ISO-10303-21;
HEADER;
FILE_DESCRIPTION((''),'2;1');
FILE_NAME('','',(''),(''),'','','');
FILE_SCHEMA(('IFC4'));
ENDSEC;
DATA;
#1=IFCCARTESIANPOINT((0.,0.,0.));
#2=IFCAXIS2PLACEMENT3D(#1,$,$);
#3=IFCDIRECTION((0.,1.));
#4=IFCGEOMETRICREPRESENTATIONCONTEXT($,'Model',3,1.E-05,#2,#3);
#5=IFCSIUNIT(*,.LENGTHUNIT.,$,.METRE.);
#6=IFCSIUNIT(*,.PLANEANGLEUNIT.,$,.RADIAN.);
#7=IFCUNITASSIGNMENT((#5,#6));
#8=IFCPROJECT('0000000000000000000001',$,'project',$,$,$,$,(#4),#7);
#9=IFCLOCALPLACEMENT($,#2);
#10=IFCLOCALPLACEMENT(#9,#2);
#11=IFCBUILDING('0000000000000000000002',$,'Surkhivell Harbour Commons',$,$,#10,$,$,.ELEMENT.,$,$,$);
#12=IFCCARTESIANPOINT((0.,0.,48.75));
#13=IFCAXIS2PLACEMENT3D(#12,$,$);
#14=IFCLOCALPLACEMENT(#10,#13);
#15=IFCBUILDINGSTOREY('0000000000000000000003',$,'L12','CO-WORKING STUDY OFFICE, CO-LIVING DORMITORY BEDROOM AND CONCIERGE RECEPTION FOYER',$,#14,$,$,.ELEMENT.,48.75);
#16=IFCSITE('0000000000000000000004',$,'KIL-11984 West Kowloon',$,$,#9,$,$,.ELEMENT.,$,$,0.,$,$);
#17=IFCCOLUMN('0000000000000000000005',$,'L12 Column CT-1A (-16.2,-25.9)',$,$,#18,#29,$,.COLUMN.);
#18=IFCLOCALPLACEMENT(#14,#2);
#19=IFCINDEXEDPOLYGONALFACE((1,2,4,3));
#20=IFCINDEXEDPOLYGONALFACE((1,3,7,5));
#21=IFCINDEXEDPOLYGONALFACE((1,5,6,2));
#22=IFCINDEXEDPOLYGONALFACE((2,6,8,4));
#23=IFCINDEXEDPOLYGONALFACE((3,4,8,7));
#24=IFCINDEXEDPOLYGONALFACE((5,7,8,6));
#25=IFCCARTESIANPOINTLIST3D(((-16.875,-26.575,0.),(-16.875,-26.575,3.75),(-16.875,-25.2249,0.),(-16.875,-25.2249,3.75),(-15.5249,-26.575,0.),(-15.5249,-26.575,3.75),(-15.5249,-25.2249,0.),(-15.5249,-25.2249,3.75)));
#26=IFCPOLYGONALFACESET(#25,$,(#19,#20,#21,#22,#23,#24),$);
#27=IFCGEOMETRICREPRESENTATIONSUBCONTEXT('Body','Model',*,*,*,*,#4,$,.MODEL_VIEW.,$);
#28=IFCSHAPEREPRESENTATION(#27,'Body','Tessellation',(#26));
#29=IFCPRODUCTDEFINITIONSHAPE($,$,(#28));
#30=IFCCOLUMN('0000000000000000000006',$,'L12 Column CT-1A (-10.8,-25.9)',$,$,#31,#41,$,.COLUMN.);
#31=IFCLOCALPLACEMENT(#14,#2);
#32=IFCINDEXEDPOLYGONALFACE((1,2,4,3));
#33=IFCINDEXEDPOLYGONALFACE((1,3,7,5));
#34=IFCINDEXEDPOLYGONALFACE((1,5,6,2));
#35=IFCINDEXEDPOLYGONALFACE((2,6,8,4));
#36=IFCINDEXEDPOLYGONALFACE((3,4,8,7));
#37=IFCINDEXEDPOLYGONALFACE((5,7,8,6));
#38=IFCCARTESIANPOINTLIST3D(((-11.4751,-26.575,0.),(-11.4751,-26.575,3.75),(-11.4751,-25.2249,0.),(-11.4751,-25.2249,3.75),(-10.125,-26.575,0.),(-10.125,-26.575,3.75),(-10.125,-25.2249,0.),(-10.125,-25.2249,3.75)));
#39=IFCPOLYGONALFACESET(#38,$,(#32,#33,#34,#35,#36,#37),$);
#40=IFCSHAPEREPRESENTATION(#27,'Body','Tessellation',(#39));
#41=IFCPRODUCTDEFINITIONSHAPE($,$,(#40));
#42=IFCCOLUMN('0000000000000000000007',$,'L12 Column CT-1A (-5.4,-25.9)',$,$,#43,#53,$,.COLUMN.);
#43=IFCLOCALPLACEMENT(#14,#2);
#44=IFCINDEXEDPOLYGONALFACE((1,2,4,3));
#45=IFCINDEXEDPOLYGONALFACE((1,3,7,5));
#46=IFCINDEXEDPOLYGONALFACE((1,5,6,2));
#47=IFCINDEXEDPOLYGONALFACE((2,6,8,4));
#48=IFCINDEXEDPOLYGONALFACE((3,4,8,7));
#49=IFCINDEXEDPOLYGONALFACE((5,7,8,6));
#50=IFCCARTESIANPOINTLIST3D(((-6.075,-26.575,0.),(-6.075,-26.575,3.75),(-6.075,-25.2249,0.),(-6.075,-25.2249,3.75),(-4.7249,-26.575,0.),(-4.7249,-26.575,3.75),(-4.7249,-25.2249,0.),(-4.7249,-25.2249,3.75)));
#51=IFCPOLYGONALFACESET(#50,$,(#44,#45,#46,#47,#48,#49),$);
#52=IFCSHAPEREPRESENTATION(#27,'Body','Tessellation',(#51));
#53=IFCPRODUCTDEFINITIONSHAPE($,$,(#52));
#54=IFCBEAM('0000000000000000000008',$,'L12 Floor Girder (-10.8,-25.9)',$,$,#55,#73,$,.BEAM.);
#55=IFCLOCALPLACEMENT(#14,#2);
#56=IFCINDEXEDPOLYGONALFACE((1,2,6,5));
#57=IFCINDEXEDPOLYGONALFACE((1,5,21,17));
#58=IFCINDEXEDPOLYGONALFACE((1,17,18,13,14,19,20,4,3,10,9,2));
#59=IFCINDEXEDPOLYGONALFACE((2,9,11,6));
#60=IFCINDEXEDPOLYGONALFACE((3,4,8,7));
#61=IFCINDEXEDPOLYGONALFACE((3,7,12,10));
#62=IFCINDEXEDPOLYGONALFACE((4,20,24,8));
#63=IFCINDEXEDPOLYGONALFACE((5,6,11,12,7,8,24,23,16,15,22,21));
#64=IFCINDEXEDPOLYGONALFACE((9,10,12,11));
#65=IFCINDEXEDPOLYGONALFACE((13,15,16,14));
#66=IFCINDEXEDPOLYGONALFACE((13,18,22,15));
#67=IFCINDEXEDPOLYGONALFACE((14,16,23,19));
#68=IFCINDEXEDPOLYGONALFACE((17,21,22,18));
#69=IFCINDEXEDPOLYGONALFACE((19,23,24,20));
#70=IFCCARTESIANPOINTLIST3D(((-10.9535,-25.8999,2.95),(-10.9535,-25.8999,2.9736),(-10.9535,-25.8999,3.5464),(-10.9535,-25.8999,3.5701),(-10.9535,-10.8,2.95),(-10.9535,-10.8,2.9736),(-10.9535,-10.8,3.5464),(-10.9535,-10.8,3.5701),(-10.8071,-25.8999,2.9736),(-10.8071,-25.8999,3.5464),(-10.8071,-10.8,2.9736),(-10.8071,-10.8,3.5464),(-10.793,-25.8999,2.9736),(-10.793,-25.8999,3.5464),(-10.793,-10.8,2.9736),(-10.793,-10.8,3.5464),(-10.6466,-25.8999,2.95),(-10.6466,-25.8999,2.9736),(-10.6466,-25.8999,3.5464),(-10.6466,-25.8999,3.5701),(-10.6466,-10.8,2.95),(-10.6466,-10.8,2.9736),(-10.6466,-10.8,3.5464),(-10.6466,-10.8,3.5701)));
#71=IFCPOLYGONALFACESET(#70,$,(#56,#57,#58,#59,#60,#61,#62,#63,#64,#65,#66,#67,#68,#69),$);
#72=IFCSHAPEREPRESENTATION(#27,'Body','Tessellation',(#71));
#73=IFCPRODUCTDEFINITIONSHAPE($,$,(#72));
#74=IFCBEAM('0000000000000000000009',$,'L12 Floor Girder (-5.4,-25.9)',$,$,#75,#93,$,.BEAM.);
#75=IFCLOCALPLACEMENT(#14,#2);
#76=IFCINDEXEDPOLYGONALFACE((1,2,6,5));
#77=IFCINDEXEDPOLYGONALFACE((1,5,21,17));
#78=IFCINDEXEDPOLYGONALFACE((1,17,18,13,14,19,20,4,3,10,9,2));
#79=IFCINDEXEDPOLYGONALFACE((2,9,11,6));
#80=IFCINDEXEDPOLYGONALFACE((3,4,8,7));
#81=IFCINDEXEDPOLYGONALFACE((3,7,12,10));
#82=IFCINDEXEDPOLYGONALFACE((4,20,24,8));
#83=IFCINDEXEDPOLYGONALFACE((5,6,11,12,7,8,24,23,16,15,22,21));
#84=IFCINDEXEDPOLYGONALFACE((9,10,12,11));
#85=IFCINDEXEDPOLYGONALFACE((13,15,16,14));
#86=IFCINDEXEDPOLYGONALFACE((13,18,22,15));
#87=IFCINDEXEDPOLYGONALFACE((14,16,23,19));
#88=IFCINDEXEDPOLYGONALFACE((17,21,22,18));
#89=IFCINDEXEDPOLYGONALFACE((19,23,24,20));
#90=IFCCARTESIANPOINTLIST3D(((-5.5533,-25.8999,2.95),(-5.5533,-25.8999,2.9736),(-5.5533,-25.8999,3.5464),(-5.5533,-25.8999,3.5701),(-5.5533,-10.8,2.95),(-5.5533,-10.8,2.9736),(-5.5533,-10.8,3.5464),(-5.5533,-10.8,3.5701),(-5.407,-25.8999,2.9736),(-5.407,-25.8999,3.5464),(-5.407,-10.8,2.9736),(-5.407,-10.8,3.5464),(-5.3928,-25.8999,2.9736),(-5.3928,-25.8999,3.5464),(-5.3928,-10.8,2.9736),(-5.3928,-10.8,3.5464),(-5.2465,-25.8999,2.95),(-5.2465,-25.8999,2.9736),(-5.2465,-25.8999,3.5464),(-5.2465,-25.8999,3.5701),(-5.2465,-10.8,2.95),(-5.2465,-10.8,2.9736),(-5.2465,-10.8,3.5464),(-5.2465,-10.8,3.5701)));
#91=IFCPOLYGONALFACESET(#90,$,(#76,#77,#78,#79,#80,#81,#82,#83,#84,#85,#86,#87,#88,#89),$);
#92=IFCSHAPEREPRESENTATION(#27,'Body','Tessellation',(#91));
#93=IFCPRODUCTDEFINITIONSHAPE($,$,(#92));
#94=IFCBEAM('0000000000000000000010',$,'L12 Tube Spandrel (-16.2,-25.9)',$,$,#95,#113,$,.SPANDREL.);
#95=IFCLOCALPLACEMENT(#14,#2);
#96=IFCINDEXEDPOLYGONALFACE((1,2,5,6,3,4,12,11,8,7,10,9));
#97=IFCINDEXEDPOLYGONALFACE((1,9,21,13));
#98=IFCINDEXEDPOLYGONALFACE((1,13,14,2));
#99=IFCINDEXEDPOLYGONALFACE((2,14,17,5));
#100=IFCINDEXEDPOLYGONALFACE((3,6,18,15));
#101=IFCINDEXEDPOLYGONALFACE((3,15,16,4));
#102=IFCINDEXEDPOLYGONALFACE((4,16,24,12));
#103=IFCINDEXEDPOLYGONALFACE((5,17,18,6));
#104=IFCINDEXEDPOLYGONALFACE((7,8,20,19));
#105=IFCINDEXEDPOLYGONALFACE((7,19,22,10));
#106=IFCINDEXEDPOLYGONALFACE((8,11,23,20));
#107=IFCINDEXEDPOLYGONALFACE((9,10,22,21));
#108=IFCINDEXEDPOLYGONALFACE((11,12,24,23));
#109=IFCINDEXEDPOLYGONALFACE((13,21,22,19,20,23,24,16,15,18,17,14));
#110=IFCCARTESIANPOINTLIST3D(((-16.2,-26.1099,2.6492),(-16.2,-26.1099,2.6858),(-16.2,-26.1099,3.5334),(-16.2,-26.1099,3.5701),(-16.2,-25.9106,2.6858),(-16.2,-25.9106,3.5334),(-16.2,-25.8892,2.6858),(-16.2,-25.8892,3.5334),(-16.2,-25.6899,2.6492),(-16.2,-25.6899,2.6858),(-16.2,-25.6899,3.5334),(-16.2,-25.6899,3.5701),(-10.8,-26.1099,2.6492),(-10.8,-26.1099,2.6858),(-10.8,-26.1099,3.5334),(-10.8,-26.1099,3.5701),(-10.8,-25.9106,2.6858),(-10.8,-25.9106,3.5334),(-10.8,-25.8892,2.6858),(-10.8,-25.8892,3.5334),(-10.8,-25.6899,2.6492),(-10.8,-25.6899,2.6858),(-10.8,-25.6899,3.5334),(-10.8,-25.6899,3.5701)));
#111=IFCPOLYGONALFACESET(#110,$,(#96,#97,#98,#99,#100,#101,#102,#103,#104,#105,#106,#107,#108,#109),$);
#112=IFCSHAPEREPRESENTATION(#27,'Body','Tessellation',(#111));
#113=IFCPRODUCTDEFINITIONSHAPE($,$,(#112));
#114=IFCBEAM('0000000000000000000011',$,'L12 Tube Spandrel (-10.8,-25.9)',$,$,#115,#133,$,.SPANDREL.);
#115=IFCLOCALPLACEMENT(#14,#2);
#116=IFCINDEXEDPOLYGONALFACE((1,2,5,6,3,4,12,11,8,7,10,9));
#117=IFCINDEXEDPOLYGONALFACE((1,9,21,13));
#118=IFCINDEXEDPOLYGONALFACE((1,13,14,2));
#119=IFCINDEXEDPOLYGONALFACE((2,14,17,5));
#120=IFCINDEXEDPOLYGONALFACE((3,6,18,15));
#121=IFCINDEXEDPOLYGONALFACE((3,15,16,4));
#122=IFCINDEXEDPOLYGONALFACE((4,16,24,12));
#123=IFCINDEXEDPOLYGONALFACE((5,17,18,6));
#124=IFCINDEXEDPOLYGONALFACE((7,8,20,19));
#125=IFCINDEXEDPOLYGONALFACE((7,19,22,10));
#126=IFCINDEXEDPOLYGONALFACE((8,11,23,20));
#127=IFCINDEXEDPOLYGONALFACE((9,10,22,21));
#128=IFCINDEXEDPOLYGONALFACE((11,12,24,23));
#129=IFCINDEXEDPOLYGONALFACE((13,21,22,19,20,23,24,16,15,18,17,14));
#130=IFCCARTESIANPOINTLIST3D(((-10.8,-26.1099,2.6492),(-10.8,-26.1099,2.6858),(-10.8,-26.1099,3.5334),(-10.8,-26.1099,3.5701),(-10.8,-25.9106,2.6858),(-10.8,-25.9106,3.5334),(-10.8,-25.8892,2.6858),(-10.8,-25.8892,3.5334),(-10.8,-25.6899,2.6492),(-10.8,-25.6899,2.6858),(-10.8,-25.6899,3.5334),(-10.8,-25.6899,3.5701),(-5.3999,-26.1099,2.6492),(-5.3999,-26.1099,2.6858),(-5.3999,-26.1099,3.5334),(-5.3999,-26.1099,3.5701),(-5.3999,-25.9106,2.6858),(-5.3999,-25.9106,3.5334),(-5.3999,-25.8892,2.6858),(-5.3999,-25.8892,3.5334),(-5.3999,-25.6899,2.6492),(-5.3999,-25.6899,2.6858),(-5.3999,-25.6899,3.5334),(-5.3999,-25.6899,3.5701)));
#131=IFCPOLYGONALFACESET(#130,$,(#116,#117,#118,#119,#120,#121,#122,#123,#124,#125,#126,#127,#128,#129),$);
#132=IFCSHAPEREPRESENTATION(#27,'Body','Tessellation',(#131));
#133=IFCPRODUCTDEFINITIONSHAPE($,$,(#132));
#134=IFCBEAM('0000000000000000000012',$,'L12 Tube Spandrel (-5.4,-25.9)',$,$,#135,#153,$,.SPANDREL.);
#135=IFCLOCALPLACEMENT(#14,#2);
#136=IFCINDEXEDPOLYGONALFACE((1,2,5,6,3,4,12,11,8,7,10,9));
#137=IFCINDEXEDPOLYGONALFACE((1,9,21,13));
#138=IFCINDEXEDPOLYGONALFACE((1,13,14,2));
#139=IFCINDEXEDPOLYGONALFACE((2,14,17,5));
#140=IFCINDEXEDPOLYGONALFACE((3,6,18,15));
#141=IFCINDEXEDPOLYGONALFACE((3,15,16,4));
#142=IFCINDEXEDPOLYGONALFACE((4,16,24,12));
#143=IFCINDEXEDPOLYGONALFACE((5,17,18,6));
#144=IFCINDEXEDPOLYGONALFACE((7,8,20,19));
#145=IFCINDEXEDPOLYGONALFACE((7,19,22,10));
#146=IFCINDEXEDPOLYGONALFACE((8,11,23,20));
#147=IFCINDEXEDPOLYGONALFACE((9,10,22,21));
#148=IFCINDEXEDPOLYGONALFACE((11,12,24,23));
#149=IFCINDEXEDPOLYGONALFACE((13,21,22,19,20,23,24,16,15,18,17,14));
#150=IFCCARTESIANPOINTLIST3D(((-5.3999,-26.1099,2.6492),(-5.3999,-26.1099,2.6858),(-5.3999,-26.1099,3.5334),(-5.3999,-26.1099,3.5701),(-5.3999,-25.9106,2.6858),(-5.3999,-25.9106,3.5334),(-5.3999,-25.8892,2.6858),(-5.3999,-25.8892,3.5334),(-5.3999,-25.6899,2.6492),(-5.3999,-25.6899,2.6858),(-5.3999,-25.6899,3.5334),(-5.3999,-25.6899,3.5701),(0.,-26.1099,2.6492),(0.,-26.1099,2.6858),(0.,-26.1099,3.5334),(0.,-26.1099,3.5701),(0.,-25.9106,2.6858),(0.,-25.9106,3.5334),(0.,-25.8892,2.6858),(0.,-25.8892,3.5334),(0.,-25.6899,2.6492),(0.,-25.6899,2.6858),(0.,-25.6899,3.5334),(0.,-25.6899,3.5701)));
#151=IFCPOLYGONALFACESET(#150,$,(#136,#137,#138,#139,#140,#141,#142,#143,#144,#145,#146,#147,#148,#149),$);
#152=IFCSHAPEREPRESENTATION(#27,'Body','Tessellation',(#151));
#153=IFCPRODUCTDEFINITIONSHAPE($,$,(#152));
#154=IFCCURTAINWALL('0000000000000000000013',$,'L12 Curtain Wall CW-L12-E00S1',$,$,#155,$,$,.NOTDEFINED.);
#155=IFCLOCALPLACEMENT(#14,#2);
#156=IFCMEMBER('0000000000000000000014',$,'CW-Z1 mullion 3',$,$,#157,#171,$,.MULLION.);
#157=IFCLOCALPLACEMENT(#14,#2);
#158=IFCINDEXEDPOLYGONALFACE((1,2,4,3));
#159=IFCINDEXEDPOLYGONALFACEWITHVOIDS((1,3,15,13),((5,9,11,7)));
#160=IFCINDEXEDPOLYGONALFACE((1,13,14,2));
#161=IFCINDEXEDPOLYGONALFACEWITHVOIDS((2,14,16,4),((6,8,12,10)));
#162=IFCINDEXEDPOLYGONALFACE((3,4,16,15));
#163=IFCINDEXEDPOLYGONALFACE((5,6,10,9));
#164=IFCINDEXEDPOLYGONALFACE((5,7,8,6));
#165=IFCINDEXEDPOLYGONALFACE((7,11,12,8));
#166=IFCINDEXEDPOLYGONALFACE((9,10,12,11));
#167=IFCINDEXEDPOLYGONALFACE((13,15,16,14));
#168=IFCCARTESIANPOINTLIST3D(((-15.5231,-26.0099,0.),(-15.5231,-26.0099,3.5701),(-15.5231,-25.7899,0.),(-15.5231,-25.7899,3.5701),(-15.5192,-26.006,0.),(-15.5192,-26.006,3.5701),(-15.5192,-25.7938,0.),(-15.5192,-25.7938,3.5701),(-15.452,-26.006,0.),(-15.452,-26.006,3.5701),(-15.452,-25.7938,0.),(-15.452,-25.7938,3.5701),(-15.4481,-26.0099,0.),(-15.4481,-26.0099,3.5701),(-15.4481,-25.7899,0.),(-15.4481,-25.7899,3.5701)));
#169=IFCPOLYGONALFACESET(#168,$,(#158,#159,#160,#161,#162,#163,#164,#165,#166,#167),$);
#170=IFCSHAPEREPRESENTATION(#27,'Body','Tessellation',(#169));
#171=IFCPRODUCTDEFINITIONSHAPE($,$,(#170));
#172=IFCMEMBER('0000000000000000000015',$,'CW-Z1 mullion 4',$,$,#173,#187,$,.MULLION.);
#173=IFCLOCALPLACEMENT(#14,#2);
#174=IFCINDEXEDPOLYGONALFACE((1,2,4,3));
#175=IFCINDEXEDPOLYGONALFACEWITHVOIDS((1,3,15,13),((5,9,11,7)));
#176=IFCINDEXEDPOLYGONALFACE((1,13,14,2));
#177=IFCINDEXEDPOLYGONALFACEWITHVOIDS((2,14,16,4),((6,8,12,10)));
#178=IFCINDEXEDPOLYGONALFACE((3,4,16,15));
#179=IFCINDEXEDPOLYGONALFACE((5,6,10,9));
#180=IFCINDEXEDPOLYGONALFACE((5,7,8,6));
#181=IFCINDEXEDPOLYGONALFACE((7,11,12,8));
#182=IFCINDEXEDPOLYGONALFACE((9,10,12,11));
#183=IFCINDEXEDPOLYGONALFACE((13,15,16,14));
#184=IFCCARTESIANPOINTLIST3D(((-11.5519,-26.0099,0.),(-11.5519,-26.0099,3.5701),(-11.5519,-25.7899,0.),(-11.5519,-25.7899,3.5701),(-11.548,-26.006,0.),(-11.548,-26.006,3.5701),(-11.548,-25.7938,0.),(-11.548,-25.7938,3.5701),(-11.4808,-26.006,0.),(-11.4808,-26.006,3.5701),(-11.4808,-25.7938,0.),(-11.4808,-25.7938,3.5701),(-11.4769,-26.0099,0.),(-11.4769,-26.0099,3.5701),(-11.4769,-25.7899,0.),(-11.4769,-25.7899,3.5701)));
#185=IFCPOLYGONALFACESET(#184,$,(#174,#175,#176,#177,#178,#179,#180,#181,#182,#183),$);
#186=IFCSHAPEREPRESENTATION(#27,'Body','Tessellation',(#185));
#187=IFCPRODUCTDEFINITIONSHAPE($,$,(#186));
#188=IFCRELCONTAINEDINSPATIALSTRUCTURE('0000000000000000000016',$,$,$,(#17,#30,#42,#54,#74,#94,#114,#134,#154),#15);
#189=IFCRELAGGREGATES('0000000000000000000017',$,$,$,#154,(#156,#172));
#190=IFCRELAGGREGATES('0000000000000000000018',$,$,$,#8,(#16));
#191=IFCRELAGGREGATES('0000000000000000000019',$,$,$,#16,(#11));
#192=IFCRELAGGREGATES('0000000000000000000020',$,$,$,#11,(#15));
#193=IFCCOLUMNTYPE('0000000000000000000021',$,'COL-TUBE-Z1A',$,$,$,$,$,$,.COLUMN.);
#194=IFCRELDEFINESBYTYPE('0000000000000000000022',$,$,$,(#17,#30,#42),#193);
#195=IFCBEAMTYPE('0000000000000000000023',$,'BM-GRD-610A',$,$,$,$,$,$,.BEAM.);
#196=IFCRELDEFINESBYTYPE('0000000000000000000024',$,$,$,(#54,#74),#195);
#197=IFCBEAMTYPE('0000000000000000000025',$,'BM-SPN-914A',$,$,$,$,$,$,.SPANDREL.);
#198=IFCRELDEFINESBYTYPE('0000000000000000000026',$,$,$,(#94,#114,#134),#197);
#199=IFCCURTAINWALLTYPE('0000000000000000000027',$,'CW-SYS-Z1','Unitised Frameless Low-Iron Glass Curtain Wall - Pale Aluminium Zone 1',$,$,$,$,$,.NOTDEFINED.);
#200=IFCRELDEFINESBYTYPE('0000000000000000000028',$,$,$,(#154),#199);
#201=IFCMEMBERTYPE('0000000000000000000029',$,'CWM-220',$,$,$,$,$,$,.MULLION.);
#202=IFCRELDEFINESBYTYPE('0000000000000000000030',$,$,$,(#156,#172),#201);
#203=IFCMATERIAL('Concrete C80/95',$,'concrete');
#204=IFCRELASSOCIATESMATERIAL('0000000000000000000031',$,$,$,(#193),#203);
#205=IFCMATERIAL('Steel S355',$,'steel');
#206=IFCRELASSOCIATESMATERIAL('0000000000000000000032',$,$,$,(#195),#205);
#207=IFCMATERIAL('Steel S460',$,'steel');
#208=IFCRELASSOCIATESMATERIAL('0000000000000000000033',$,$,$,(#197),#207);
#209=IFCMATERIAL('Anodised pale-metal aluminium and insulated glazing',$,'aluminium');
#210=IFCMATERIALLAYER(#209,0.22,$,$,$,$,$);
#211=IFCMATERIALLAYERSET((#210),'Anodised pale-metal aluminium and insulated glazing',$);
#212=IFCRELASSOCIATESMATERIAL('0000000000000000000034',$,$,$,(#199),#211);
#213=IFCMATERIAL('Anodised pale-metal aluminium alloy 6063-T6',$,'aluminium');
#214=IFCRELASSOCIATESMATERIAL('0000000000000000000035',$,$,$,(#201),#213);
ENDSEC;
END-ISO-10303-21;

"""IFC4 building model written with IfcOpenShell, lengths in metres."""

from ifc_helpers import new_model, si_unit, direction, frame, origin, origin_2d, place, context, subcontext, project, spatial, rectangle, hollow_rectangle, i_section, extrude, material, layer, layer_set, material_profile, profile_set, type_object, element, aggregate, save


model = new_model("IFC4")

# Units and contexts
model_context = context("Model", 3, precision=1e-05, world=origin(), true_north=direction((0.0, 1.0)))
body_context = subcontext(model_context, "Body", "Model", "MODEL_VIEW")
ifc_project = project(units=[si_unit("LENGTHUNIT", "METRE"), si_unit("PLANEANGLEUNIT", "RADIAN")], contexts=[model_context])

# Site, building, storey
site_placement = place(None, origin())
site = spatial("IfcSite", under=ifc_project, at=site_placement, Name="KIL-11984 West Kowloon", CompositionType="ELEMENT", RefElevation=0.0)
building_placement = place(site_placement, origin())
building = spatial("IfcBuilding", under=site, at=building_placement, Name="Surkhivell Harbour Commons", CompositionType="ELEMENT")
storey_placement = place(building_placement, frame((0.0, 0.0, 48.75)))
storey = spatial("IfcBuildingStorey", under=building, at=storey_placement, Name="L12", Description="CO-WORKING STUDY OFFICE, CO-LIVING DORMITORY BEDROOM AND CONCIERGE RECEPTION FOYER", CompositionType="ELEMENT", Elevation=48.75)

# Columns
ifc_material_1 = material(Name="Concrete C80/95", Category="concrete")
ifc_material_profile_1 = material_profile(ifc_material_1, rectangle(XDim=1.3501, YDim=1.3501, at=origin_2d()), Name="RC-COL-1350x1350")
ifc_profile_set_1 = profile_set([ifc_material_profile_1], Name="Concrete C80/95")
column_type = type_object("IfcColumnType", Name="COL-TUBE-Z1A", PredefinedType="COLUMN", material=ifc_profile_set_1)
for number, where, z_axis, x_axis, name in (
    (1, (-16.2, -25.8999, 0.0), (0.0, 0.0, 1.0), (1.0, 0.0, 0.0), "L12 Column CT-1A (-16.2,-25.9)"),
    (2, (-10.8, -25.8999, 0.0), (0.0, 0.0, 1.0), (1.0, 0.0, 0.0), "L12 Column CT-1A (-10.8,-25.9)"),
    (3, (-5.3999, -25.8999, 0.0), (0.0, 0.0, 1.0), (1.0, 0.0, 0.0), "L12 Column CT-1A (-5.4,-25.9)"),
):
    element("IfcColumn", number, at=place(storey_placement, frame(where, z_axis=z_axis, x_axis=x_axis)), inside=storey, type_object=column_type, Name=name, PredefinedType="COLUMN", context=body_context, shape_type="SweptSolid", body=[
        extrude(rectangle(XDim=1.3501, YDim=1.3501, at=origin_2d()), origin(), (0.0, 0.0, 1.0), 3.75),
    ])

# Beams
ifc_material_2 = material(Name="Steel S355", Category="steel")
ifc_material_profile_2 = material_profile(ifc_material_2, i_section(OverallWidth=0.3069, OverallDepth=0.6201, WebThickness=0.0142, FlangeThickness=0.0237, at=origin_2d()), Name="UB610x305x179")
ifc_profile_set_2 = profile_set([ifc_material_profile_2], Name="Steel S355")
beam_type_1 = type_object("IfcBeamType", Name="BM-GRD-610A", PredefinedType="BEAM", material=ifc_profile_set_2)
for number, where, z_axis, x_axis, name in (
    (4, (-10.8, -25.8999, 3.26), (0.0, 1.0, 0.0), (-1.0, 0.0, 0.0), "L12 Floor Girder (-10.8,-25.9)"),
    (5, (-5.3999, -25.8999, 3.26), (0.0, 1.0, 0.0), (-1.0, 0.0, 0.0), "L12 Floor Girder (-5.4,-25.9)"),
):
    element("IfcBeam", number, at=place(storey_placement, frame(where, z_axis=z_axis, x_axis=x_axis)), inside=storey, type_object=beam_type_1, Name=name, PredefinedType="BEAM", context=body_context, shape_type="SweptSolid", body=[
        extrude(i_section(OverallWidth=0.3069, OverallDepth=0.6201, WebThickness=0.0142, FlangeThickness=0.0237, at=origin_2d()), origin(), (0.0, 0.0, 1.0), 15.0999),
    ])
ifc_material_3 = material(Name="Steel S460", Category="steel")
ifc_material_profile_3 = material_profile(ifc_material_3, i_section(OverallWidth=0.4199, OverallDepth=0.9209, WebThickness=0.0215, FlangeThickness=0.0366, at=origin_2d()), Name="UB914x419x388")
ifc_profile_set_3 = profile_set([ifc_material_profile_3], Name="Steel S460")
beam_type_2 = type_object("IfcBeamType", Name="BM-SPN-914A", PredefinedType="SPANDREL", material=ifc_profile_set_3)
beam_1_placement = place(storey_placement, frame((-16.2, -25.8999, 3.1096), z_axis=(1.0, 0.0, 0.0), x_axis=(0.0, 1.0, 0.0)))
element("IfcBeam", 6, at=beam_1_placement, inside=storey, type_object=beam_type_2, Name="L12 Tube Spandrel (-16.2,-25.9)", PredefinedType="SPANDREL", context=body_context, shape_type="SweptSolid", body=[
    extrude(i_section(OverallWidth=0.4199, OverallDepth=0.9209, WebThickness=0.0215, FlangeThickness=0.0366, at=origin_2d()), origin(), (0.0, 0.0, 1.0), 5.3999),
])
beam_2_placement = place(storey_placement, frame((-10.8, -25.8999, 3.1096), z_axis=(1.0, 0.0, 0.0), x_axis=(0.0, 1.0, 0.0)))
element("IfcBeam", 7, at=beam_2_placement, inside=storey, type_object=beam_type_2, Name="L12 Tube Spandrel (-10.8,-25.9)", PredefinedType="SPANDREL", context=body_context, shape_type="SweptSolid", body=[
    extrude(i_section(OverallWidth=0.4199, OverallDepth=0.9209, WebThickness=0.0215, FlangeThickness=0.0366, at=origin_2d()), origin(), (0.0, 0.0, 1.0), 5.4001),
])
beam_3_placement = place(storey_placement, frame((-5.3999, -25.8999, 3.1096), z_axis=(1.0, 0.0, 0.0), x_axis=(0.0, 1.0, 0.0)))
element("IfcBeam", 8, at=beam_3_placement, inside=storey, type_object=beam_type_2, Name="L12 Tube Spandrel (-5.4,-25.9)", PredefinedType="SPANDREL", context=body_context, shape_type="SweptSolid", body=[
    extrude(i_section(OverallWidth=0.4199, OverallDepth=0.9209, WebThickness=0.0215, FlangeThickness=0.0366, at=origin_2d()), origin(), (0.0, 0.0, 1.0), 5.3999),
])

# Curtain wall, members
ifc_material_4 = material(Name="Anodised pale-metal aluminium and insulated glazing", Category="aluminium")
ifc_layer_1 = layer(ifc_material_4, 0.22)
ifc_layer_set_1 = layer_set([ifc_layer_1], Name="Anodised pale-metal aluminium and insulated glazing")
curtain_wall_type = type_object("IfcCurtainWallType", Name="CW-SYS-Z1", Description="Unitised Frameless Low-Iron Glass Curtain Wall - Pale Aluminium Zone 1", PredefinedType="NOTDEFINED", material=ifc_layer_set_1)
curtain_wall_placement = place(storey_placement, origin())
curtain_wall = element("IfcCurtainWall", 9, at=curtain_wall_placement, inside=storey, type_object=curtain_wall_type, Name="L12 Curtain Wall CW-L12-E00S1", PredefinedType="NOTDEFINED")
ifc_material_5 = material(Name="Anodised pale-metal aluminium alloy 6063-T6", Category="aluminium")
ifc_material_profile_4 = material_profile(ifc_material_5, hollow_rectangle(XDim=0.075, YDim=0.22, WallThickness=0.0039, at=origin_2d()), Name="ALU-MULL-75x220")
ifc_profile_set_4 = profile_set([ifc_material_profile_4], Name="Anodised pale-metal aluminium alloy 6063-T6")
member_type_1 = type_object("IfcMemberType", Name="CWM-220", PredefinedType="MULLION", material=ifc_profile_set_4)
member_1_placement = place(storey_placement, frame((-15.4856, -25.8999, 0.0), z_axis=(0.0, 0.0, 1.0), x_axis=(1.0, 0.0, 0.0)))
member_1 = element("IfcMember", 10, at=member_1_placement, type_object=member_type_1, Name="CW-Z1 mullion 3", PredefinedType="MULLION", context=body_context, shape_type="SweptSolid", body=[
    extrude(hollow_rectangle(XDim=0.075, YDim=0.22, WallThickness=0.0039, at=origin_2d()), origin(), (0.0, 0.0, 1.0), 3.5701),
])
member_2_placement = place(storey_placement, frame((-11.5144, -25.8999, 0.0), z_axis=(0.0, 0.0, 1.0), x_axis=(1.0, 0.0, 0.0)))
member_2 = element("IfcMember", 11, at=member_2_placement, type_object=member_type_1, Name="CW-Z1 mullion 4", PredefinedType="MULLION", context=body_context, shape_type="SweptSolid", body=[
    extrude(hollow_rectangle(XDim=0.075, YDim=0.22, WallThickness=0.0039, at=origin_2d()), origin(), (0.0, 0.0, 1.0), 3.5701),
])

aggregate(curtain_wall, [member_1, member_2])

save(model, "model.ifc")
